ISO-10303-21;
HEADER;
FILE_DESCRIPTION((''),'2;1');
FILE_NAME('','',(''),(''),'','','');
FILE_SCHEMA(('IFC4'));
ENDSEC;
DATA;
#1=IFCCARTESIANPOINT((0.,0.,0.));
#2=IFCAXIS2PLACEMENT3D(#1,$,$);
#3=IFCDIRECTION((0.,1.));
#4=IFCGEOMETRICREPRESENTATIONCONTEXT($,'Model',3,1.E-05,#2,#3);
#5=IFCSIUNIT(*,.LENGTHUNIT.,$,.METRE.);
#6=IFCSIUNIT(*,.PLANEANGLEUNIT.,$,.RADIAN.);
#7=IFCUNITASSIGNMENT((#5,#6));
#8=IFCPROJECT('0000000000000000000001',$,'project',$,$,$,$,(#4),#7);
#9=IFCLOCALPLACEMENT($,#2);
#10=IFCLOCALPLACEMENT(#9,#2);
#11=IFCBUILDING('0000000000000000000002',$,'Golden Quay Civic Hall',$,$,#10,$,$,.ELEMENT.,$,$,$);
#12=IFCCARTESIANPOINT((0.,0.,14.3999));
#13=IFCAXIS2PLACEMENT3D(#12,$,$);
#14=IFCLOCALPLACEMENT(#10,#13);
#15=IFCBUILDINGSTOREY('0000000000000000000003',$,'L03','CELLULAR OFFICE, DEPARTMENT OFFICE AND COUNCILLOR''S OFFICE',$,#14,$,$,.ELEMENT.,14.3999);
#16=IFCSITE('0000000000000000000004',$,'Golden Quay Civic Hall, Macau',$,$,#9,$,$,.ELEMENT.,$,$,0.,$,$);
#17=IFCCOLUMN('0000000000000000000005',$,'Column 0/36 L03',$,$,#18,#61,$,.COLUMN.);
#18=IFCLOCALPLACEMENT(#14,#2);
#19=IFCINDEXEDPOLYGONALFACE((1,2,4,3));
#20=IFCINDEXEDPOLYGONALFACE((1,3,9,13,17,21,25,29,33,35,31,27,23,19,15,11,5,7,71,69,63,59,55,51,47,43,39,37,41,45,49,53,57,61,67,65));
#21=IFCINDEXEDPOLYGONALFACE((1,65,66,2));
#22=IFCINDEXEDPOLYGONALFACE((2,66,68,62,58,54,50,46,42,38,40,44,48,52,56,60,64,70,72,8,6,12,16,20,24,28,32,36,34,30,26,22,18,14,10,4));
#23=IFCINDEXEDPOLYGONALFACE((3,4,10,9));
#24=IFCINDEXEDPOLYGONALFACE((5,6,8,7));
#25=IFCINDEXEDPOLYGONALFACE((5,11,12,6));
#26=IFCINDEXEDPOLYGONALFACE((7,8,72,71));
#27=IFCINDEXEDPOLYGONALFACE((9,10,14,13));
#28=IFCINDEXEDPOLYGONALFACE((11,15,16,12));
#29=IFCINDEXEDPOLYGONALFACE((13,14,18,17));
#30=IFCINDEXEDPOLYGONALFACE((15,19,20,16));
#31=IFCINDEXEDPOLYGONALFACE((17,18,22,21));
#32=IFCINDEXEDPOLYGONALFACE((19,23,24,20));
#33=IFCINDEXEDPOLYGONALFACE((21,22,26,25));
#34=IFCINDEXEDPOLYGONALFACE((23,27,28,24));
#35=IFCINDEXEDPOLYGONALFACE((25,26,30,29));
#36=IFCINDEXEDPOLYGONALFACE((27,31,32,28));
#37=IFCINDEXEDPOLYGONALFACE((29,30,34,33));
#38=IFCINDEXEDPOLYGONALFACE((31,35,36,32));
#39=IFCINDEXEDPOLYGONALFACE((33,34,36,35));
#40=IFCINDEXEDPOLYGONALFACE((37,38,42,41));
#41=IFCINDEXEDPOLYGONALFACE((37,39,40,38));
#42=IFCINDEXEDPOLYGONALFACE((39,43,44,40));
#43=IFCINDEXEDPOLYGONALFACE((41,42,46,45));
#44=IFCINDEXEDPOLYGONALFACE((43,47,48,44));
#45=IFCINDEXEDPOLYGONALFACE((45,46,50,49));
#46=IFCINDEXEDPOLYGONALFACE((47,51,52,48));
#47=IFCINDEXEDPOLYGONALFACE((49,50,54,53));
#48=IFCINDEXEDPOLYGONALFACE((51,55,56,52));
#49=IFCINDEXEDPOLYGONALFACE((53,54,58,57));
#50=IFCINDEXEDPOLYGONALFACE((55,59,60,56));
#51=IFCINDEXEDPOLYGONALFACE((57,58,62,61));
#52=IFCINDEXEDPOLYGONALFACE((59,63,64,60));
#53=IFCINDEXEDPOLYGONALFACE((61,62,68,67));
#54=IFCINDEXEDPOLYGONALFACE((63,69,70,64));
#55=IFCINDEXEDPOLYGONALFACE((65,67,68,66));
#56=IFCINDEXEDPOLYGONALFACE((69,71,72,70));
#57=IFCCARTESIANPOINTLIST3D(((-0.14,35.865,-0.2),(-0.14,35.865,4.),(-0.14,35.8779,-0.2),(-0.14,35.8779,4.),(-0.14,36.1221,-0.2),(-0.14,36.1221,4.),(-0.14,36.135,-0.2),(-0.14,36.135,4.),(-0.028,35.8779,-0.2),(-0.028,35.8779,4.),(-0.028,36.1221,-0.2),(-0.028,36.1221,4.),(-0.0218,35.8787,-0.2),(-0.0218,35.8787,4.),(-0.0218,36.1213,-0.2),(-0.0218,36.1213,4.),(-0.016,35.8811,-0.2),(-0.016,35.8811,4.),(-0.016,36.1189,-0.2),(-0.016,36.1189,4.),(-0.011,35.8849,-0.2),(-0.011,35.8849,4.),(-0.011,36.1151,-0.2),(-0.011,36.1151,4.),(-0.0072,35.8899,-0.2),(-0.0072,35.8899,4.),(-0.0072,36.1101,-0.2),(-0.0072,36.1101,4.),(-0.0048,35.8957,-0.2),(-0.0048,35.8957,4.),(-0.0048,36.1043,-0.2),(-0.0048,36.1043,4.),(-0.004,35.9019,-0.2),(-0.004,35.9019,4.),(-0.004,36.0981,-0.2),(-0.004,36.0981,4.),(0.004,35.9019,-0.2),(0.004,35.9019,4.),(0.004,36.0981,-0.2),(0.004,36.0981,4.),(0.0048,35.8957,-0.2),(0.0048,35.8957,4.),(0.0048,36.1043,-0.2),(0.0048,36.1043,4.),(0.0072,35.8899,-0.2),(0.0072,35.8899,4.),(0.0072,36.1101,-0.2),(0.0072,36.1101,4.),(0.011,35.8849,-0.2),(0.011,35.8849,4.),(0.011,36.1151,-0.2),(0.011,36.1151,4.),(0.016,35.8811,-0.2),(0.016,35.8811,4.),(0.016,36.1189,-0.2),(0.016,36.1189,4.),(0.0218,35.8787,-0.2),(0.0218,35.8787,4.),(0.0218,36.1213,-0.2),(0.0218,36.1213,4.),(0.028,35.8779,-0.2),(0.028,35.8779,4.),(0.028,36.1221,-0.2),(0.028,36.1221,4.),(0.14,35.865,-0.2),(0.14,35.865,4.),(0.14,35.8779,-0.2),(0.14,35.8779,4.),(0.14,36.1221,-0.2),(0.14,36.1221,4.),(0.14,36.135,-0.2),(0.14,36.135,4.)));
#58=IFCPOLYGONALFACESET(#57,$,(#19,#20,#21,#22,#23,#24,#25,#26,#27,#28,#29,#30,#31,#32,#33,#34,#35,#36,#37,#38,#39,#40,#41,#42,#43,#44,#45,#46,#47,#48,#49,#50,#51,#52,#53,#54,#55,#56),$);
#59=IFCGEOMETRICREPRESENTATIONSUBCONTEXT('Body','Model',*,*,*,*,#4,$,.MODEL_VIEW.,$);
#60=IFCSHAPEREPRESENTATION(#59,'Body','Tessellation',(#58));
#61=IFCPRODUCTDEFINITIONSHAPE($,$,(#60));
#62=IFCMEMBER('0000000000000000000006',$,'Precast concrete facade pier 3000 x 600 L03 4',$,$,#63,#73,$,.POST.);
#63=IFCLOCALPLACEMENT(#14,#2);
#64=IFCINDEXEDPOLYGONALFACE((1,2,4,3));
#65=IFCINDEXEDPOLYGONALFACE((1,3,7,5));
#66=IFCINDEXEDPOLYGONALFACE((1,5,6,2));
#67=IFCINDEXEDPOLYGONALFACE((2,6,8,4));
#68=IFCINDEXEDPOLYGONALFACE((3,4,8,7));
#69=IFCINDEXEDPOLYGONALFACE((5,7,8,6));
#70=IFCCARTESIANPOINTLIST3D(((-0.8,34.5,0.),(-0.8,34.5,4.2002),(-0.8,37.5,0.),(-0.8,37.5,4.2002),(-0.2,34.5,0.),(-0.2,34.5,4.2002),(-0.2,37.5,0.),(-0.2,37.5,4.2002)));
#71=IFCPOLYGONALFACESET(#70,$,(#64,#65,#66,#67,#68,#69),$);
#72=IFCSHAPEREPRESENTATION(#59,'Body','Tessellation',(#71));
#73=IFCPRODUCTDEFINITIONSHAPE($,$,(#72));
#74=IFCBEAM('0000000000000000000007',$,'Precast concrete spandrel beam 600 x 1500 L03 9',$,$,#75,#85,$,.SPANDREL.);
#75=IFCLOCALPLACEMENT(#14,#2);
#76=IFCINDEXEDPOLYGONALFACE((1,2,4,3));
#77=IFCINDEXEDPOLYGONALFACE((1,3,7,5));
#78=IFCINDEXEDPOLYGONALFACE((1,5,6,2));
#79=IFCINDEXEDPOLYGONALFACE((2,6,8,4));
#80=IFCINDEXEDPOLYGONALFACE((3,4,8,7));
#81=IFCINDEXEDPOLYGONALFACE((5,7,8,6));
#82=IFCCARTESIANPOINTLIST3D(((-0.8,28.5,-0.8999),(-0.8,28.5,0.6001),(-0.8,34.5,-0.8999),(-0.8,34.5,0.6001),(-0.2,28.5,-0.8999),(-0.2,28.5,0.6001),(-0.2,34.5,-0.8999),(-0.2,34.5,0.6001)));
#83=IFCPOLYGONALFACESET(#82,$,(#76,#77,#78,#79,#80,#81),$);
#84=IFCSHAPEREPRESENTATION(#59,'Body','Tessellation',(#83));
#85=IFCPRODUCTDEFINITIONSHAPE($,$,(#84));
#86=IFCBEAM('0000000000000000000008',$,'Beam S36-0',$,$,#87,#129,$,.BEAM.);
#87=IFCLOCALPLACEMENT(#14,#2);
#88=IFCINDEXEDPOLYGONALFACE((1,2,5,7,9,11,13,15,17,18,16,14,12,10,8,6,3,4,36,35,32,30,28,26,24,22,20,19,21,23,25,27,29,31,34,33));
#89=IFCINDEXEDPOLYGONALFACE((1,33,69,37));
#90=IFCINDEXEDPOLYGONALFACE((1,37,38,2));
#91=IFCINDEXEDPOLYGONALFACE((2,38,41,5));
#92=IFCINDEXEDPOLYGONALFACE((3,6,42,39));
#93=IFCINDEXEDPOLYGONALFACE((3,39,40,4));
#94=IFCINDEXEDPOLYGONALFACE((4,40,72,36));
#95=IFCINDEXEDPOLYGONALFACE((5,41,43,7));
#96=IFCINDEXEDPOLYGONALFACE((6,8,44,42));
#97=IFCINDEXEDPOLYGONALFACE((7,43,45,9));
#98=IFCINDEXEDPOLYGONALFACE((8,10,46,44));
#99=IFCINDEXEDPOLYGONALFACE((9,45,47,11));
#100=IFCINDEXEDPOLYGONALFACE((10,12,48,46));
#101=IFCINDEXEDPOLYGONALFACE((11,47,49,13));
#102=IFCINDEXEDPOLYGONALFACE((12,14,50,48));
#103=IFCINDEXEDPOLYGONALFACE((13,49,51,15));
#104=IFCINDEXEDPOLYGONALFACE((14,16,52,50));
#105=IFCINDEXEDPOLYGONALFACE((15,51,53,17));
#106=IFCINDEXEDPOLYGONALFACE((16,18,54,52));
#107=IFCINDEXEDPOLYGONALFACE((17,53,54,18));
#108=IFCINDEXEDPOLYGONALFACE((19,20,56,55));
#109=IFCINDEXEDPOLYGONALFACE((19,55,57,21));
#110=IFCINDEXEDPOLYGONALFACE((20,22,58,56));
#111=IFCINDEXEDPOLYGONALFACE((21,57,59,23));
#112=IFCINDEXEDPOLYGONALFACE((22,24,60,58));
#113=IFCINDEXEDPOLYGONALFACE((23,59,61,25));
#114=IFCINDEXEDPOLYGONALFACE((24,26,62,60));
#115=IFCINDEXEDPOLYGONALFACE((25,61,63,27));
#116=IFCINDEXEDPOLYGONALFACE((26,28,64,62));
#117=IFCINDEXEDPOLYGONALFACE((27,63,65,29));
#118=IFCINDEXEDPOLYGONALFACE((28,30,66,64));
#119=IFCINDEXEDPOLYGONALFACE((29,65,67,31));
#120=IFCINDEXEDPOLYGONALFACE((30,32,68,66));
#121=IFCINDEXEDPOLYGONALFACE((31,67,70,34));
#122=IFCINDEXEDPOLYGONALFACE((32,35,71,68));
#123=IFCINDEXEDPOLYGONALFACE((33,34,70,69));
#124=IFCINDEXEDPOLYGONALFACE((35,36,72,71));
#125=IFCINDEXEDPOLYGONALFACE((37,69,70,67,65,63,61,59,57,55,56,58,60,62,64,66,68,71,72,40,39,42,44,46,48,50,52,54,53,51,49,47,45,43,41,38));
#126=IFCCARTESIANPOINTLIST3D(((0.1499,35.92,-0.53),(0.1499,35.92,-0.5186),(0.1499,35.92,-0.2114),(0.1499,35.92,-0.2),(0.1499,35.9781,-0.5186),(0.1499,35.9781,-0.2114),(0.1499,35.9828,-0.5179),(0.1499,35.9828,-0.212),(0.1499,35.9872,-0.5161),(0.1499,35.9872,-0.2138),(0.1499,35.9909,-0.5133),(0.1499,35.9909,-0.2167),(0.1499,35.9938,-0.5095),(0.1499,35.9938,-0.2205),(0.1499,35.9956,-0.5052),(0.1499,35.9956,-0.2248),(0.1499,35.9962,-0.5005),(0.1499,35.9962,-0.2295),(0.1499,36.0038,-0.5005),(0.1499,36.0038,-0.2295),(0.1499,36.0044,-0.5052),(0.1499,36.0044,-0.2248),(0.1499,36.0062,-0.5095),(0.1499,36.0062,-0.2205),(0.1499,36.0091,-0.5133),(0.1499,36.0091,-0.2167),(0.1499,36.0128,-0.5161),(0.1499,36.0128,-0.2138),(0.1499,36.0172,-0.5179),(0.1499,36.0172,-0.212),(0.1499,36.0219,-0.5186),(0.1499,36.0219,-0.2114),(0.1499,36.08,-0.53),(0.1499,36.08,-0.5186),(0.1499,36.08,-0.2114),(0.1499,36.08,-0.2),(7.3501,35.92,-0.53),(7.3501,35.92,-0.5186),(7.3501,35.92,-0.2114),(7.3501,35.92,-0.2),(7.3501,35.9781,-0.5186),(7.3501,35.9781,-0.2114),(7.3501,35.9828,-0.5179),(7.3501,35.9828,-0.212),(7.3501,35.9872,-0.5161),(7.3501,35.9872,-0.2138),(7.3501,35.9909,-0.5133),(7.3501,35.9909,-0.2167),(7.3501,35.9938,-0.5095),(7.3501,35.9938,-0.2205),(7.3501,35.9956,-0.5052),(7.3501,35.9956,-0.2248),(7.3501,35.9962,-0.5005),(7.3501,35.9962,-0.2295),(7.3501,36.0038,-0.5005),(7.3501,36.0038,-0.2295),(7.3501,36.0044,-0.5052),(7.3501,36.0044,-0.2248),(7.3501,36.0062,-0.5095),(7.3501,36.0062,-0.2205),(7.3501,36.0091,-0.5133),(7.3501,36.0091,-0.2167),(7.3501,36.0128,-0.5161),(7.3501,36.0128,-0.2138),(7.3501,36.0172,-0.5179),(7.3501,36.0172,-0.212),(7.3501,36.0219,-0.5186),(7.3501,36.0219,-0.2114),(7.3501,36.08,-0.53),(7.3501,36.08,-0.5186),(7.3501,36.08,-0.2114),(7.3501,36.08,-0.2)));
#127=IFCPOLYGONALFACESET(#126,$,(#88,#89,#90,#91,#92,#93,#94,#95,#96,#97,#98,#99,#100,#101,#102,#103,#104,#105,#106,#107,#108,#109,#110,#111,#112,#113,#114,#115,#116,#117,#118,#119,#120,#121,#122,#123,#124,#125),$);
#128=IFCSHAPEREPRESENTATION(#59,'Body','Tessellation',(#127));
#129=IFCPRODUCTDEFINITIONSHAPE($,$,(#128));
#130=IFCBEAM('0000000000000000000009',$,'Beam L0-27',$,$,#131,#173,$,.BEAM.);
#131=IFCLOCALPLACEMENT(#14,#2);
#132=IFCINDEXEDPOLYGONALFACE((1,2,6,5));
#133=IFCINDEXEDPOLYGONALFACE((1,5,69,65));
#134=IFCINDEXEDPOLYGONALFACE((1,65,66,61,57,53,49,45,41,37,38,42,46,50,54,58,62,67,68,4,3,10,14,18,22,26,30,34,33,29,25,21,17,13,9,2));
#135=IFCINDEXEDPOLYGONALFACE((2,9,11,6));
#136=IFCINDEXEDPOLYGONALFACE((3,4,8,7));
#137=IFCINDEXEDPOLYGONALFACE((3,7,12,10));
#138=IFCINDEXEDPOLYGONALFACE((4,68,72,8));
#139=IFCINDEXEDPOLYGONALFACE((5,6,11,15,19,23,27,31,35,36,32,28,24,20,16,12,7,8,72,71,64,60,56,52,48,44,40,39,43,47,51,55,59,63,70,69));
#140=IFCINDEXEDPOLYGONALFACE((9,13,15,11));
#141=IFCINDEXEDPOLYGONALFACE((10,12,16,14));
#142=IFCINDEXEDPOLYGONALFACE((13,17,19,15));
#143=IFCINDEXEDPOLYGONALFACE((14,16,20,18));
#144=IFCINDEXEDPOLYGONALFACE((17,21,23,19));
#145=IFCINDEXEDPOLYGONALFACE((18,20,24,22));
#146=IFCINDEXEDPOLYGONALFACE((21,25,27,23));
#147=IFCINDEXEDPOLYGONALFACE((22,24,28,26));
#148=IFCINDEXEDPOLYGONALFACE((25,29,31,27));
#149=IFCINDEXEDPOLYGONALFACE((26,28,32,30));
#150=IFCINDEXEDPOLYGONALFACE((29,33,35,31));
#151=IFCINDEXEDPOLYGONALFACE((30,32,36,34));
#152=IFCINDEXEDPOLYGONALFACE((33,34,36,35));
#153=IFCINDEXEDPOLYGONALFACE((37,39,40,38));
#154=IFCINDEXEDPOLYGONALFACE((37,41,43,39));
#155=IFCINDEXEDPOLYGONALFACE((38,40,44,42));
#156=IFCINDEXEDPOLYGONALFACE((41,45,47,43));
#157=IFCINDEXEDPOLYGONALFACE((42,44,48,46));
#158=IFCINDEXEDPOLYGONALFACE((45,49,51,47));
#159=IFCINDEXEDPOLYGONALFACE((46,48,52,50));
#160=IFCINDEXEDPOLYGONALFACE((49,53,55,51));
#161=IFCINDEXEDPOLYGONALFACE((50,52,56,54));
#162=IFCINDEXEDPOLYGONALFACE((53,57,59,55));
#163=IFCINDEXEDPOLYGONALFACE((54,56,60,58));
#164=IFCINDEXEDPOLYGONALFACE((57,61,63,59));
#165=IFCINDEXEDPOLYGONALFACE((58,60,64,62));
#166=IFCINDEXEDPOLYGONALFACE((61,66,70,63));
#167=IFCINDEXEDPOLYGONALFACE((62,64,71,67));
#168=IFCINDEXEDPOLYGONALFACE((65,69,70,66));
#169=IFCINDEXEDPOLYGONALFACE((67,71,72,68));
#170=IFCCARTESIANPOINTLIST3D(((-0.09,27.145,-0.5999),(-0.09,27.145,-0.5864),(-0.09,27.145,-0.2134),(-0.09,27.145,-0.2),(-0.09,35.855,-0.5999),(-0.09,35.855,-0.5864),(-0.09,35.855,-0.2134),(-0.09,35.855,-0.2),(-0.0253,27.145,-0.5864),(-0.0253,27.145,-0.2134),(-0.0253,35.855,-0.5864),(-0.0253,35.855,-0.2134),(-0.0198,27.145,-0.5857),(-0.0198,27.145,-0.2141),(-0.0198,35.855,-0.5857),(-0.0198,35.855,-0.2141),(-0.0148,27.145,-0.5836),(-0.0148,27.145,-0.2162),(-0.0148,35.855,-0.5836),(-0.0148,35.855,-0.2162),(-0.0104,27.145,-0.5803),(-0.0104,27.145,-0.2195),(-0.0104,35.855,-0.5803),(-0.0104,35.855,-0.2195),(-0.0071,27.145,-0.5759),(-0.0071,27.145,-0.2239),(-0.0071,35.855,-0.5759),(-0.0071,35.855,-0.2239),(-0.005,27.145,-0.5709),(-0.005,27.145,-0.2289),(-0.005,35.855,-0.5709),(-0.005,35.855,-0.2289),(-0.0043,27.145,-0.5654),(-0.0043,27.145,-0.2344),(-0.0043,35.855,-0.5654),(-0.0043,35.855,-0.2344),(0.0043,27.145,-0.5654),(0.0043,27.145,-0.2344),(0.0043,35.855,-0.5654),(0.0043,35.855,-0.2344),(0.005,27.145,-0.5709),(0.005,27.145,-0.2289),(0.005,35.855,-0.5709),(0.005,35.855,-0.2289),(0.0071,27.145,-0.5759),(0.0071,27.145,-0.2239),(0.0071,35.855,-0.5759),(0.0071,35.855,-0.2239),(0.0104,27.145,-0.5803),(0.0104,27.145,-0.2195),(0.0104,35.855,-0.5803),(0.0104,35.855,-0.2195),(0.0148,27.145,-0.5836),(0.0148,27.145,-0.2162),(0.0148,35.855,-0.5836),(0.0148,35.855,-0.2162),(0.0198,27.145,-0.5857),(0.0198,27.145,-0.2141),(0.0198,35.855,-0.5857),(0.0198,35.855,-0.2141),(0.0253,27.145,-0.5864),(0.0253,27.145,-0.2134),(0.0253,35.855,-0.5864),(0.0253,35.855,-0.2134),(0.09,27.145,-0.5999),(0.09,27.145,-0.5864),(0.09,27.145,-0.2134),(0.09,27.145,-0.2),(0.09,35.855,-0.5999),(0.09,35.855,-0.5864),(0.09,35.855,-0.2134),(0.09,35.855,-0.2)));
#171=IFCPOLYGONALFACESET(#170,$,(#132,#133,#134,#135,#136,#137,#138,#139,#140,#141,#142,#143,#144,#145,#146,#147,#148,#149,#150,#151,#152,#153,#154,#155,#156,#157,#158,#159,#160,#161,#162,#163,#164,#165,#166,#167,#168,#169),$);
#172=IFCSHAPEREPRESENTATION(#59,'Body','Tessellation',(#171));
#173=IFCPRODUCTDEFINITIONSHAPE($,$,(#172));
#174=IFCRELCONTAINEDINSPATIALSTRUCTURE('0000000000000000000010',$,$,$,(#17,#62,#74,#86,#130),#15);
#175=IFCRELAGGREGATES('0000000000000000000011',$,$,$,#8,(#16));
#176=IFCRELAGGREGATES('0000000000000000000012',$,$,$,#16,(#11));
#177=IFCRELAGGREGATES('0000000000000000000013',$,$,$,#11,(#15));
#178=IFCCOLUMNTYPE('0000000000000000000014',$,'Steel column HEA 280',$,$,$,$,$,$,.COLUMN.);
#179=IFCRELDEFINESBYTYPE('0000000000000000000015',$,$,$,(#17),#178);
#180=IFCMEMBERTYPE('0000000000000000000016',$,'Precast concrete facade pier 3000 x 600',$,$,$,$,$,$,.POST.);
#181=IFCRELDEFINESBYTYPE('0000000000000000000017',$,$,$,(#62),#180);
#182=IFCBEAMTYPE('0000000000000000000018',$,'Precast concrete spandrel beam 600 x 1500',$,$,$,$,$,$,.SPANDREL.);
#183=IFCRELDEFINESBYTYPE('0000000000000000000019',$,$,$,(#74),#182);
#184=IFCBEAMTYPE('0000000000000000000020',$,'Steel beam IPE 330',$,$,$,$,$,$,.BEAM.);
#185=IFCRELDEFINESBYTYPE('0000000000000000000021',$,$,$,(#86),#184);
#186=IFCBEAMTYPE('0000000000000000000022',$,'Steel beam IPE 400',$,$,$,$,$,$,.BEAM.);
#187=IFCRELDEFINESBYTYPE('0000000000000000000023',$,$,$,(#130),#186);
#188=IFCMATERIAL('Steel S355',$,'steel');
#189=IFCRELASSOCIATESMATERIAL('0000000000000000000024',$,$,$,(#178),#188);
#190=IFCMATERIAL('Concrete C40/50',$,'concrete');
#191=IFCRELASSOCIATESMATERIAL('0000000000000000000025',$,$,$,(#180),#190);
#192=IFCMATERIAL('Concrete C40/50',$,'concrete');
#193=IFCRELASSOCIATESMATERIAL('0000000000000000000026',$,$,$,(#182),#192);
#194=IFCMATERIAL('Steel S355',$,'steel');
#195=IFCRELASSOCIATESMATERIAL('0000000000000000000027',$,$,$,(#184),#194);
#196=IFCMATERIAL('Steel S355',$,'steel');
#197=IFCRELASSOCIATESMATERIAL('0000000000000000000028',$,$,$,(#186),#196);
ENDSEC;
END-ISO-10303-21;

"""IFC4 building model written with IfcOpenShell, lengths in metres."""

from ifc_helpers import new_model, si_unit, direction, frame, origin, origin_2d, place, context, subcontext, project, spatial, rectangle, i_section, extrude, material, material_profile, profile_set, type_object, element, save


model = new_model("IFC4")

# Units and contexts
model_context = context("Model", 3, precision=1e-05, world=origin(), true_north=direction((0.0, 1.0)))
body_context = subcontext(model_context, "Body", "Model", "MODEL_VIEW")
ifc_project = project(units=[si_unit("LENGTHUNIT", "METRE"), si_unit("PLANEANGLEUNIT", "RADIAN")], contexts=[model_context])

# Site, building, storey
site_placement = place(None, origin())
site = spatial("IfcSite", under=ifc_project, at=site_placement, Name="Golden Quay Civic Hall, Macau", CompositionType="ELEMENT", RefElevation=0.0)
building_placement = place(site_placement, origin())
building = spatial("IfcBuilding", under=site, at=building_placement, Name="Golden Quay Civic Hall", CompositionType="ELEMENT")
storey_placement = place(building_placement, frame((0.0, 0.0, 14.3999)))
storey = spatial("IfcBuildingStorey", under=building, at=storey_placement, Name="L03", Description="CELLULAR OFFICE, DEPARTMENT OFFICE AND COUNCILLOR'S OFFICE", CompositionType="ELEMENT", Elevation=14.3999)

# Column
ifc_material_1 = material(Name="Steel S355", Category="steel")
ifc_material_profile_1 = material_profile(ifc_material_1, i_section(OverallWidth=0.28, OverallDepth=0.27, WebThickness=0.0081, FlangeThickness=0.0129, FilletRadius=0.0239, at=origin_2d()), Name="HEA 280")
ifc_profile_set_1 = profile_set([ifc_material_profile_1], Name="Steel S355")
column_type = type_object("IfcColumnType", Name="Steel column HEA 280", PredefinedType="COLUMN", material=ifc_profile_set_1)
column_placement = place(storey_placement, frame((0.0, 36.0, -0.2), z_axis=(0.0, 0.0, 1.0), x_axis=(1.0, 0.0, 0.0)))
element("IfcColumn", 1, at=column_placement, inside=storey, type_object=column_type, Name="Column 0/36 L03", PredefinedType="COLUMN", context=body_context, shape_type="SweptSolid", body=[
    extrude(i_section(OverallWidth=0.28, OverallDepth=0.27, WebThickness=0.0081, FlangeThickness=0.0129, FilletRadius=0.0239, at=origin_2d()), origin(), (0.0, 0.0, 1.0), 4.2),
])

# Member
ifc_material_2 = material(Name="Concrete C40/50", Category="concrete")
ifc_material_profile_2 = material_profile(ifc_material_2, rectangle(XDim=3.0, YDim=0.6001, at=origin_2d()), Name="RC 3000x600")
ifc_profile_set_2 = profile_set([ifc_material_profile_2], Name="Concrete C40/50")
member_type = type_object("IfcMemberType", Name="Precast concrete facade pier 3000 x 600", PredefinedType="POST", material=ifc_profile_set_2)
member_placement = place(storey_placement, frame((-0.5, 36.0, 0.0), z_axis=(0.0, 0.0, 1.0), x_axis=(0.0, 1.0, 0.0)))
element("IfcMember", 2, at=member_placement, inside=storey, type_object=member_type, Name="Precast concrete facade pier 3000 x 600 L03 4", PredefinedType="POST", context=body_context, shape_type="SweptSolid", body=[
    extrude(rectangle(XDim=3.0, YDim=0.6001, at=origin_2d()), origin(), (0.0, 0.0, 1.0), 4.2002),
])

# Beams
ifc_material_3 = material(Name="Concrete C40/50", Category="concrete")
ifc_material_profile_3 = material_profile(ifc_material_3, rectangle(XDim=0.6001, YDim=1.5, at=origin_2d()), Name="RC 600x1500")
ifc_profile_set_3 = profile_set([ifc_material_profile_3], Name="Concrete C40/50")
beam_type_1 = type_object("IfcBeamType", Name="Precast concrete spandrel beam 600 x 1500", PredefinedType="SPANDREL", material=ifc_profile_set_3)
beam_1_placement = place(storey_placement, frame((-0.5, 28.5, -0.1499), z_axis=(0.0, 1.0, 0.0), x_axis=(-1.0, 0.0, 0.0)))
element("IfcBeam", 3, at=beam_1_placement, inside=storey, type_object=beam_type_1, Name="Precast concrete spandrel beam 600 x 1500 L03 9", PredefinedType="SPANDREL", context=body_context, shape_type="SweptSolid", body=[
    extrude(rectangle(XDim=0.6001, YDim=1.5, at=origin_2d()), origin(), (0.0, 0.0, 1.0), 6.0),
])
ifc_material_4 = material(Name="Steel S355", Category="steel")
ifc_material_profile_4 = material_profile(ifc_material_4, i_section(OverallWidth=0.1599, OverallDepth=0.3301, WebThickness=0.0076, FlangeThickness=0.0115, FilletRadius=0.0181, at=origin_2d()), Name="IPE 330")
ifc_profile_set_4 = profile_set([ifc_material_profile_4], Name="Steel S355")
beam_type_2 = type_object("IfcBeamType", Name="Steel beam IPE 330", PredefinedType="BEAM", material=ifc_profile_set_4)
beam_2_placement = place(storey_placement, frame((0.1499, 36.0, -0.365), z_axis=(1.0, 0.0, 0.0), x_axis=(0.0, 1.0, 0.0)))
element("IfcBeam", 4, at=beam_2_placement, inside=storey, type_object=beam_type_2, Name="Beam S36-0", PredefinedType="BEAM", context=body_context, shape_type="SweptSolid", body=[
    extrude(i_section(OverallWidth=0.1599, OverallDepth=0.3301, WebThickness=0.0076, FlangeThickness=0.0115, FilletRadius=0.0181, at=origin_2d()), origin(), (0.0, 0.0, 1.0), 7.2002),
])
ifc_material_5 = material(Name="Steel S355", Category="steel")
ifc_material_profile_5 = material_profile(ifc_material_5, i_section(OverallWidth=0.1799, OverallDepth=0.3999, WebThickness=0.0085, FlangeThickness=0.0134, FilletRadius=0.021, at=origin_2d()), Name="IPE 400")
ifc_profile_set_5 = profile_set([ifc_material_profile_5], Name="Steel S355")
beam_type_3 = type_object("IfcBeamType", Name="Steel beam IPE 400", PredefinedType="BEAM", material=ifc_profile_set_5)
for number, where, z_axis, x_axis, name in (
    (5, (0.0, 27.145, -0.3999), (0.0, 1.0, 0.0), (-1.0, 0.0, 0.0), "Beam L0-27"),
):
    element("IfcBeam", number, at=place(storey_placement, frame(where, z_axis=z_axis, x_axis=x_axis)), inside=storey, type_object=beam_type_3, Name=name, PredefinedType="BEAM", context=body_context, shape_type="SweptSolid", body=[
        extrude(i_section(OverallWidth=0.1799, OverallDepth=0.3999, WebThickness=0.0085, FlangeThickness=0.0134, FilletRadius=0.021, at=origin_2d()), origin(), (0.0, 0.0, 1.0), 8.71),
    ])

save(model, "model.ifc")
